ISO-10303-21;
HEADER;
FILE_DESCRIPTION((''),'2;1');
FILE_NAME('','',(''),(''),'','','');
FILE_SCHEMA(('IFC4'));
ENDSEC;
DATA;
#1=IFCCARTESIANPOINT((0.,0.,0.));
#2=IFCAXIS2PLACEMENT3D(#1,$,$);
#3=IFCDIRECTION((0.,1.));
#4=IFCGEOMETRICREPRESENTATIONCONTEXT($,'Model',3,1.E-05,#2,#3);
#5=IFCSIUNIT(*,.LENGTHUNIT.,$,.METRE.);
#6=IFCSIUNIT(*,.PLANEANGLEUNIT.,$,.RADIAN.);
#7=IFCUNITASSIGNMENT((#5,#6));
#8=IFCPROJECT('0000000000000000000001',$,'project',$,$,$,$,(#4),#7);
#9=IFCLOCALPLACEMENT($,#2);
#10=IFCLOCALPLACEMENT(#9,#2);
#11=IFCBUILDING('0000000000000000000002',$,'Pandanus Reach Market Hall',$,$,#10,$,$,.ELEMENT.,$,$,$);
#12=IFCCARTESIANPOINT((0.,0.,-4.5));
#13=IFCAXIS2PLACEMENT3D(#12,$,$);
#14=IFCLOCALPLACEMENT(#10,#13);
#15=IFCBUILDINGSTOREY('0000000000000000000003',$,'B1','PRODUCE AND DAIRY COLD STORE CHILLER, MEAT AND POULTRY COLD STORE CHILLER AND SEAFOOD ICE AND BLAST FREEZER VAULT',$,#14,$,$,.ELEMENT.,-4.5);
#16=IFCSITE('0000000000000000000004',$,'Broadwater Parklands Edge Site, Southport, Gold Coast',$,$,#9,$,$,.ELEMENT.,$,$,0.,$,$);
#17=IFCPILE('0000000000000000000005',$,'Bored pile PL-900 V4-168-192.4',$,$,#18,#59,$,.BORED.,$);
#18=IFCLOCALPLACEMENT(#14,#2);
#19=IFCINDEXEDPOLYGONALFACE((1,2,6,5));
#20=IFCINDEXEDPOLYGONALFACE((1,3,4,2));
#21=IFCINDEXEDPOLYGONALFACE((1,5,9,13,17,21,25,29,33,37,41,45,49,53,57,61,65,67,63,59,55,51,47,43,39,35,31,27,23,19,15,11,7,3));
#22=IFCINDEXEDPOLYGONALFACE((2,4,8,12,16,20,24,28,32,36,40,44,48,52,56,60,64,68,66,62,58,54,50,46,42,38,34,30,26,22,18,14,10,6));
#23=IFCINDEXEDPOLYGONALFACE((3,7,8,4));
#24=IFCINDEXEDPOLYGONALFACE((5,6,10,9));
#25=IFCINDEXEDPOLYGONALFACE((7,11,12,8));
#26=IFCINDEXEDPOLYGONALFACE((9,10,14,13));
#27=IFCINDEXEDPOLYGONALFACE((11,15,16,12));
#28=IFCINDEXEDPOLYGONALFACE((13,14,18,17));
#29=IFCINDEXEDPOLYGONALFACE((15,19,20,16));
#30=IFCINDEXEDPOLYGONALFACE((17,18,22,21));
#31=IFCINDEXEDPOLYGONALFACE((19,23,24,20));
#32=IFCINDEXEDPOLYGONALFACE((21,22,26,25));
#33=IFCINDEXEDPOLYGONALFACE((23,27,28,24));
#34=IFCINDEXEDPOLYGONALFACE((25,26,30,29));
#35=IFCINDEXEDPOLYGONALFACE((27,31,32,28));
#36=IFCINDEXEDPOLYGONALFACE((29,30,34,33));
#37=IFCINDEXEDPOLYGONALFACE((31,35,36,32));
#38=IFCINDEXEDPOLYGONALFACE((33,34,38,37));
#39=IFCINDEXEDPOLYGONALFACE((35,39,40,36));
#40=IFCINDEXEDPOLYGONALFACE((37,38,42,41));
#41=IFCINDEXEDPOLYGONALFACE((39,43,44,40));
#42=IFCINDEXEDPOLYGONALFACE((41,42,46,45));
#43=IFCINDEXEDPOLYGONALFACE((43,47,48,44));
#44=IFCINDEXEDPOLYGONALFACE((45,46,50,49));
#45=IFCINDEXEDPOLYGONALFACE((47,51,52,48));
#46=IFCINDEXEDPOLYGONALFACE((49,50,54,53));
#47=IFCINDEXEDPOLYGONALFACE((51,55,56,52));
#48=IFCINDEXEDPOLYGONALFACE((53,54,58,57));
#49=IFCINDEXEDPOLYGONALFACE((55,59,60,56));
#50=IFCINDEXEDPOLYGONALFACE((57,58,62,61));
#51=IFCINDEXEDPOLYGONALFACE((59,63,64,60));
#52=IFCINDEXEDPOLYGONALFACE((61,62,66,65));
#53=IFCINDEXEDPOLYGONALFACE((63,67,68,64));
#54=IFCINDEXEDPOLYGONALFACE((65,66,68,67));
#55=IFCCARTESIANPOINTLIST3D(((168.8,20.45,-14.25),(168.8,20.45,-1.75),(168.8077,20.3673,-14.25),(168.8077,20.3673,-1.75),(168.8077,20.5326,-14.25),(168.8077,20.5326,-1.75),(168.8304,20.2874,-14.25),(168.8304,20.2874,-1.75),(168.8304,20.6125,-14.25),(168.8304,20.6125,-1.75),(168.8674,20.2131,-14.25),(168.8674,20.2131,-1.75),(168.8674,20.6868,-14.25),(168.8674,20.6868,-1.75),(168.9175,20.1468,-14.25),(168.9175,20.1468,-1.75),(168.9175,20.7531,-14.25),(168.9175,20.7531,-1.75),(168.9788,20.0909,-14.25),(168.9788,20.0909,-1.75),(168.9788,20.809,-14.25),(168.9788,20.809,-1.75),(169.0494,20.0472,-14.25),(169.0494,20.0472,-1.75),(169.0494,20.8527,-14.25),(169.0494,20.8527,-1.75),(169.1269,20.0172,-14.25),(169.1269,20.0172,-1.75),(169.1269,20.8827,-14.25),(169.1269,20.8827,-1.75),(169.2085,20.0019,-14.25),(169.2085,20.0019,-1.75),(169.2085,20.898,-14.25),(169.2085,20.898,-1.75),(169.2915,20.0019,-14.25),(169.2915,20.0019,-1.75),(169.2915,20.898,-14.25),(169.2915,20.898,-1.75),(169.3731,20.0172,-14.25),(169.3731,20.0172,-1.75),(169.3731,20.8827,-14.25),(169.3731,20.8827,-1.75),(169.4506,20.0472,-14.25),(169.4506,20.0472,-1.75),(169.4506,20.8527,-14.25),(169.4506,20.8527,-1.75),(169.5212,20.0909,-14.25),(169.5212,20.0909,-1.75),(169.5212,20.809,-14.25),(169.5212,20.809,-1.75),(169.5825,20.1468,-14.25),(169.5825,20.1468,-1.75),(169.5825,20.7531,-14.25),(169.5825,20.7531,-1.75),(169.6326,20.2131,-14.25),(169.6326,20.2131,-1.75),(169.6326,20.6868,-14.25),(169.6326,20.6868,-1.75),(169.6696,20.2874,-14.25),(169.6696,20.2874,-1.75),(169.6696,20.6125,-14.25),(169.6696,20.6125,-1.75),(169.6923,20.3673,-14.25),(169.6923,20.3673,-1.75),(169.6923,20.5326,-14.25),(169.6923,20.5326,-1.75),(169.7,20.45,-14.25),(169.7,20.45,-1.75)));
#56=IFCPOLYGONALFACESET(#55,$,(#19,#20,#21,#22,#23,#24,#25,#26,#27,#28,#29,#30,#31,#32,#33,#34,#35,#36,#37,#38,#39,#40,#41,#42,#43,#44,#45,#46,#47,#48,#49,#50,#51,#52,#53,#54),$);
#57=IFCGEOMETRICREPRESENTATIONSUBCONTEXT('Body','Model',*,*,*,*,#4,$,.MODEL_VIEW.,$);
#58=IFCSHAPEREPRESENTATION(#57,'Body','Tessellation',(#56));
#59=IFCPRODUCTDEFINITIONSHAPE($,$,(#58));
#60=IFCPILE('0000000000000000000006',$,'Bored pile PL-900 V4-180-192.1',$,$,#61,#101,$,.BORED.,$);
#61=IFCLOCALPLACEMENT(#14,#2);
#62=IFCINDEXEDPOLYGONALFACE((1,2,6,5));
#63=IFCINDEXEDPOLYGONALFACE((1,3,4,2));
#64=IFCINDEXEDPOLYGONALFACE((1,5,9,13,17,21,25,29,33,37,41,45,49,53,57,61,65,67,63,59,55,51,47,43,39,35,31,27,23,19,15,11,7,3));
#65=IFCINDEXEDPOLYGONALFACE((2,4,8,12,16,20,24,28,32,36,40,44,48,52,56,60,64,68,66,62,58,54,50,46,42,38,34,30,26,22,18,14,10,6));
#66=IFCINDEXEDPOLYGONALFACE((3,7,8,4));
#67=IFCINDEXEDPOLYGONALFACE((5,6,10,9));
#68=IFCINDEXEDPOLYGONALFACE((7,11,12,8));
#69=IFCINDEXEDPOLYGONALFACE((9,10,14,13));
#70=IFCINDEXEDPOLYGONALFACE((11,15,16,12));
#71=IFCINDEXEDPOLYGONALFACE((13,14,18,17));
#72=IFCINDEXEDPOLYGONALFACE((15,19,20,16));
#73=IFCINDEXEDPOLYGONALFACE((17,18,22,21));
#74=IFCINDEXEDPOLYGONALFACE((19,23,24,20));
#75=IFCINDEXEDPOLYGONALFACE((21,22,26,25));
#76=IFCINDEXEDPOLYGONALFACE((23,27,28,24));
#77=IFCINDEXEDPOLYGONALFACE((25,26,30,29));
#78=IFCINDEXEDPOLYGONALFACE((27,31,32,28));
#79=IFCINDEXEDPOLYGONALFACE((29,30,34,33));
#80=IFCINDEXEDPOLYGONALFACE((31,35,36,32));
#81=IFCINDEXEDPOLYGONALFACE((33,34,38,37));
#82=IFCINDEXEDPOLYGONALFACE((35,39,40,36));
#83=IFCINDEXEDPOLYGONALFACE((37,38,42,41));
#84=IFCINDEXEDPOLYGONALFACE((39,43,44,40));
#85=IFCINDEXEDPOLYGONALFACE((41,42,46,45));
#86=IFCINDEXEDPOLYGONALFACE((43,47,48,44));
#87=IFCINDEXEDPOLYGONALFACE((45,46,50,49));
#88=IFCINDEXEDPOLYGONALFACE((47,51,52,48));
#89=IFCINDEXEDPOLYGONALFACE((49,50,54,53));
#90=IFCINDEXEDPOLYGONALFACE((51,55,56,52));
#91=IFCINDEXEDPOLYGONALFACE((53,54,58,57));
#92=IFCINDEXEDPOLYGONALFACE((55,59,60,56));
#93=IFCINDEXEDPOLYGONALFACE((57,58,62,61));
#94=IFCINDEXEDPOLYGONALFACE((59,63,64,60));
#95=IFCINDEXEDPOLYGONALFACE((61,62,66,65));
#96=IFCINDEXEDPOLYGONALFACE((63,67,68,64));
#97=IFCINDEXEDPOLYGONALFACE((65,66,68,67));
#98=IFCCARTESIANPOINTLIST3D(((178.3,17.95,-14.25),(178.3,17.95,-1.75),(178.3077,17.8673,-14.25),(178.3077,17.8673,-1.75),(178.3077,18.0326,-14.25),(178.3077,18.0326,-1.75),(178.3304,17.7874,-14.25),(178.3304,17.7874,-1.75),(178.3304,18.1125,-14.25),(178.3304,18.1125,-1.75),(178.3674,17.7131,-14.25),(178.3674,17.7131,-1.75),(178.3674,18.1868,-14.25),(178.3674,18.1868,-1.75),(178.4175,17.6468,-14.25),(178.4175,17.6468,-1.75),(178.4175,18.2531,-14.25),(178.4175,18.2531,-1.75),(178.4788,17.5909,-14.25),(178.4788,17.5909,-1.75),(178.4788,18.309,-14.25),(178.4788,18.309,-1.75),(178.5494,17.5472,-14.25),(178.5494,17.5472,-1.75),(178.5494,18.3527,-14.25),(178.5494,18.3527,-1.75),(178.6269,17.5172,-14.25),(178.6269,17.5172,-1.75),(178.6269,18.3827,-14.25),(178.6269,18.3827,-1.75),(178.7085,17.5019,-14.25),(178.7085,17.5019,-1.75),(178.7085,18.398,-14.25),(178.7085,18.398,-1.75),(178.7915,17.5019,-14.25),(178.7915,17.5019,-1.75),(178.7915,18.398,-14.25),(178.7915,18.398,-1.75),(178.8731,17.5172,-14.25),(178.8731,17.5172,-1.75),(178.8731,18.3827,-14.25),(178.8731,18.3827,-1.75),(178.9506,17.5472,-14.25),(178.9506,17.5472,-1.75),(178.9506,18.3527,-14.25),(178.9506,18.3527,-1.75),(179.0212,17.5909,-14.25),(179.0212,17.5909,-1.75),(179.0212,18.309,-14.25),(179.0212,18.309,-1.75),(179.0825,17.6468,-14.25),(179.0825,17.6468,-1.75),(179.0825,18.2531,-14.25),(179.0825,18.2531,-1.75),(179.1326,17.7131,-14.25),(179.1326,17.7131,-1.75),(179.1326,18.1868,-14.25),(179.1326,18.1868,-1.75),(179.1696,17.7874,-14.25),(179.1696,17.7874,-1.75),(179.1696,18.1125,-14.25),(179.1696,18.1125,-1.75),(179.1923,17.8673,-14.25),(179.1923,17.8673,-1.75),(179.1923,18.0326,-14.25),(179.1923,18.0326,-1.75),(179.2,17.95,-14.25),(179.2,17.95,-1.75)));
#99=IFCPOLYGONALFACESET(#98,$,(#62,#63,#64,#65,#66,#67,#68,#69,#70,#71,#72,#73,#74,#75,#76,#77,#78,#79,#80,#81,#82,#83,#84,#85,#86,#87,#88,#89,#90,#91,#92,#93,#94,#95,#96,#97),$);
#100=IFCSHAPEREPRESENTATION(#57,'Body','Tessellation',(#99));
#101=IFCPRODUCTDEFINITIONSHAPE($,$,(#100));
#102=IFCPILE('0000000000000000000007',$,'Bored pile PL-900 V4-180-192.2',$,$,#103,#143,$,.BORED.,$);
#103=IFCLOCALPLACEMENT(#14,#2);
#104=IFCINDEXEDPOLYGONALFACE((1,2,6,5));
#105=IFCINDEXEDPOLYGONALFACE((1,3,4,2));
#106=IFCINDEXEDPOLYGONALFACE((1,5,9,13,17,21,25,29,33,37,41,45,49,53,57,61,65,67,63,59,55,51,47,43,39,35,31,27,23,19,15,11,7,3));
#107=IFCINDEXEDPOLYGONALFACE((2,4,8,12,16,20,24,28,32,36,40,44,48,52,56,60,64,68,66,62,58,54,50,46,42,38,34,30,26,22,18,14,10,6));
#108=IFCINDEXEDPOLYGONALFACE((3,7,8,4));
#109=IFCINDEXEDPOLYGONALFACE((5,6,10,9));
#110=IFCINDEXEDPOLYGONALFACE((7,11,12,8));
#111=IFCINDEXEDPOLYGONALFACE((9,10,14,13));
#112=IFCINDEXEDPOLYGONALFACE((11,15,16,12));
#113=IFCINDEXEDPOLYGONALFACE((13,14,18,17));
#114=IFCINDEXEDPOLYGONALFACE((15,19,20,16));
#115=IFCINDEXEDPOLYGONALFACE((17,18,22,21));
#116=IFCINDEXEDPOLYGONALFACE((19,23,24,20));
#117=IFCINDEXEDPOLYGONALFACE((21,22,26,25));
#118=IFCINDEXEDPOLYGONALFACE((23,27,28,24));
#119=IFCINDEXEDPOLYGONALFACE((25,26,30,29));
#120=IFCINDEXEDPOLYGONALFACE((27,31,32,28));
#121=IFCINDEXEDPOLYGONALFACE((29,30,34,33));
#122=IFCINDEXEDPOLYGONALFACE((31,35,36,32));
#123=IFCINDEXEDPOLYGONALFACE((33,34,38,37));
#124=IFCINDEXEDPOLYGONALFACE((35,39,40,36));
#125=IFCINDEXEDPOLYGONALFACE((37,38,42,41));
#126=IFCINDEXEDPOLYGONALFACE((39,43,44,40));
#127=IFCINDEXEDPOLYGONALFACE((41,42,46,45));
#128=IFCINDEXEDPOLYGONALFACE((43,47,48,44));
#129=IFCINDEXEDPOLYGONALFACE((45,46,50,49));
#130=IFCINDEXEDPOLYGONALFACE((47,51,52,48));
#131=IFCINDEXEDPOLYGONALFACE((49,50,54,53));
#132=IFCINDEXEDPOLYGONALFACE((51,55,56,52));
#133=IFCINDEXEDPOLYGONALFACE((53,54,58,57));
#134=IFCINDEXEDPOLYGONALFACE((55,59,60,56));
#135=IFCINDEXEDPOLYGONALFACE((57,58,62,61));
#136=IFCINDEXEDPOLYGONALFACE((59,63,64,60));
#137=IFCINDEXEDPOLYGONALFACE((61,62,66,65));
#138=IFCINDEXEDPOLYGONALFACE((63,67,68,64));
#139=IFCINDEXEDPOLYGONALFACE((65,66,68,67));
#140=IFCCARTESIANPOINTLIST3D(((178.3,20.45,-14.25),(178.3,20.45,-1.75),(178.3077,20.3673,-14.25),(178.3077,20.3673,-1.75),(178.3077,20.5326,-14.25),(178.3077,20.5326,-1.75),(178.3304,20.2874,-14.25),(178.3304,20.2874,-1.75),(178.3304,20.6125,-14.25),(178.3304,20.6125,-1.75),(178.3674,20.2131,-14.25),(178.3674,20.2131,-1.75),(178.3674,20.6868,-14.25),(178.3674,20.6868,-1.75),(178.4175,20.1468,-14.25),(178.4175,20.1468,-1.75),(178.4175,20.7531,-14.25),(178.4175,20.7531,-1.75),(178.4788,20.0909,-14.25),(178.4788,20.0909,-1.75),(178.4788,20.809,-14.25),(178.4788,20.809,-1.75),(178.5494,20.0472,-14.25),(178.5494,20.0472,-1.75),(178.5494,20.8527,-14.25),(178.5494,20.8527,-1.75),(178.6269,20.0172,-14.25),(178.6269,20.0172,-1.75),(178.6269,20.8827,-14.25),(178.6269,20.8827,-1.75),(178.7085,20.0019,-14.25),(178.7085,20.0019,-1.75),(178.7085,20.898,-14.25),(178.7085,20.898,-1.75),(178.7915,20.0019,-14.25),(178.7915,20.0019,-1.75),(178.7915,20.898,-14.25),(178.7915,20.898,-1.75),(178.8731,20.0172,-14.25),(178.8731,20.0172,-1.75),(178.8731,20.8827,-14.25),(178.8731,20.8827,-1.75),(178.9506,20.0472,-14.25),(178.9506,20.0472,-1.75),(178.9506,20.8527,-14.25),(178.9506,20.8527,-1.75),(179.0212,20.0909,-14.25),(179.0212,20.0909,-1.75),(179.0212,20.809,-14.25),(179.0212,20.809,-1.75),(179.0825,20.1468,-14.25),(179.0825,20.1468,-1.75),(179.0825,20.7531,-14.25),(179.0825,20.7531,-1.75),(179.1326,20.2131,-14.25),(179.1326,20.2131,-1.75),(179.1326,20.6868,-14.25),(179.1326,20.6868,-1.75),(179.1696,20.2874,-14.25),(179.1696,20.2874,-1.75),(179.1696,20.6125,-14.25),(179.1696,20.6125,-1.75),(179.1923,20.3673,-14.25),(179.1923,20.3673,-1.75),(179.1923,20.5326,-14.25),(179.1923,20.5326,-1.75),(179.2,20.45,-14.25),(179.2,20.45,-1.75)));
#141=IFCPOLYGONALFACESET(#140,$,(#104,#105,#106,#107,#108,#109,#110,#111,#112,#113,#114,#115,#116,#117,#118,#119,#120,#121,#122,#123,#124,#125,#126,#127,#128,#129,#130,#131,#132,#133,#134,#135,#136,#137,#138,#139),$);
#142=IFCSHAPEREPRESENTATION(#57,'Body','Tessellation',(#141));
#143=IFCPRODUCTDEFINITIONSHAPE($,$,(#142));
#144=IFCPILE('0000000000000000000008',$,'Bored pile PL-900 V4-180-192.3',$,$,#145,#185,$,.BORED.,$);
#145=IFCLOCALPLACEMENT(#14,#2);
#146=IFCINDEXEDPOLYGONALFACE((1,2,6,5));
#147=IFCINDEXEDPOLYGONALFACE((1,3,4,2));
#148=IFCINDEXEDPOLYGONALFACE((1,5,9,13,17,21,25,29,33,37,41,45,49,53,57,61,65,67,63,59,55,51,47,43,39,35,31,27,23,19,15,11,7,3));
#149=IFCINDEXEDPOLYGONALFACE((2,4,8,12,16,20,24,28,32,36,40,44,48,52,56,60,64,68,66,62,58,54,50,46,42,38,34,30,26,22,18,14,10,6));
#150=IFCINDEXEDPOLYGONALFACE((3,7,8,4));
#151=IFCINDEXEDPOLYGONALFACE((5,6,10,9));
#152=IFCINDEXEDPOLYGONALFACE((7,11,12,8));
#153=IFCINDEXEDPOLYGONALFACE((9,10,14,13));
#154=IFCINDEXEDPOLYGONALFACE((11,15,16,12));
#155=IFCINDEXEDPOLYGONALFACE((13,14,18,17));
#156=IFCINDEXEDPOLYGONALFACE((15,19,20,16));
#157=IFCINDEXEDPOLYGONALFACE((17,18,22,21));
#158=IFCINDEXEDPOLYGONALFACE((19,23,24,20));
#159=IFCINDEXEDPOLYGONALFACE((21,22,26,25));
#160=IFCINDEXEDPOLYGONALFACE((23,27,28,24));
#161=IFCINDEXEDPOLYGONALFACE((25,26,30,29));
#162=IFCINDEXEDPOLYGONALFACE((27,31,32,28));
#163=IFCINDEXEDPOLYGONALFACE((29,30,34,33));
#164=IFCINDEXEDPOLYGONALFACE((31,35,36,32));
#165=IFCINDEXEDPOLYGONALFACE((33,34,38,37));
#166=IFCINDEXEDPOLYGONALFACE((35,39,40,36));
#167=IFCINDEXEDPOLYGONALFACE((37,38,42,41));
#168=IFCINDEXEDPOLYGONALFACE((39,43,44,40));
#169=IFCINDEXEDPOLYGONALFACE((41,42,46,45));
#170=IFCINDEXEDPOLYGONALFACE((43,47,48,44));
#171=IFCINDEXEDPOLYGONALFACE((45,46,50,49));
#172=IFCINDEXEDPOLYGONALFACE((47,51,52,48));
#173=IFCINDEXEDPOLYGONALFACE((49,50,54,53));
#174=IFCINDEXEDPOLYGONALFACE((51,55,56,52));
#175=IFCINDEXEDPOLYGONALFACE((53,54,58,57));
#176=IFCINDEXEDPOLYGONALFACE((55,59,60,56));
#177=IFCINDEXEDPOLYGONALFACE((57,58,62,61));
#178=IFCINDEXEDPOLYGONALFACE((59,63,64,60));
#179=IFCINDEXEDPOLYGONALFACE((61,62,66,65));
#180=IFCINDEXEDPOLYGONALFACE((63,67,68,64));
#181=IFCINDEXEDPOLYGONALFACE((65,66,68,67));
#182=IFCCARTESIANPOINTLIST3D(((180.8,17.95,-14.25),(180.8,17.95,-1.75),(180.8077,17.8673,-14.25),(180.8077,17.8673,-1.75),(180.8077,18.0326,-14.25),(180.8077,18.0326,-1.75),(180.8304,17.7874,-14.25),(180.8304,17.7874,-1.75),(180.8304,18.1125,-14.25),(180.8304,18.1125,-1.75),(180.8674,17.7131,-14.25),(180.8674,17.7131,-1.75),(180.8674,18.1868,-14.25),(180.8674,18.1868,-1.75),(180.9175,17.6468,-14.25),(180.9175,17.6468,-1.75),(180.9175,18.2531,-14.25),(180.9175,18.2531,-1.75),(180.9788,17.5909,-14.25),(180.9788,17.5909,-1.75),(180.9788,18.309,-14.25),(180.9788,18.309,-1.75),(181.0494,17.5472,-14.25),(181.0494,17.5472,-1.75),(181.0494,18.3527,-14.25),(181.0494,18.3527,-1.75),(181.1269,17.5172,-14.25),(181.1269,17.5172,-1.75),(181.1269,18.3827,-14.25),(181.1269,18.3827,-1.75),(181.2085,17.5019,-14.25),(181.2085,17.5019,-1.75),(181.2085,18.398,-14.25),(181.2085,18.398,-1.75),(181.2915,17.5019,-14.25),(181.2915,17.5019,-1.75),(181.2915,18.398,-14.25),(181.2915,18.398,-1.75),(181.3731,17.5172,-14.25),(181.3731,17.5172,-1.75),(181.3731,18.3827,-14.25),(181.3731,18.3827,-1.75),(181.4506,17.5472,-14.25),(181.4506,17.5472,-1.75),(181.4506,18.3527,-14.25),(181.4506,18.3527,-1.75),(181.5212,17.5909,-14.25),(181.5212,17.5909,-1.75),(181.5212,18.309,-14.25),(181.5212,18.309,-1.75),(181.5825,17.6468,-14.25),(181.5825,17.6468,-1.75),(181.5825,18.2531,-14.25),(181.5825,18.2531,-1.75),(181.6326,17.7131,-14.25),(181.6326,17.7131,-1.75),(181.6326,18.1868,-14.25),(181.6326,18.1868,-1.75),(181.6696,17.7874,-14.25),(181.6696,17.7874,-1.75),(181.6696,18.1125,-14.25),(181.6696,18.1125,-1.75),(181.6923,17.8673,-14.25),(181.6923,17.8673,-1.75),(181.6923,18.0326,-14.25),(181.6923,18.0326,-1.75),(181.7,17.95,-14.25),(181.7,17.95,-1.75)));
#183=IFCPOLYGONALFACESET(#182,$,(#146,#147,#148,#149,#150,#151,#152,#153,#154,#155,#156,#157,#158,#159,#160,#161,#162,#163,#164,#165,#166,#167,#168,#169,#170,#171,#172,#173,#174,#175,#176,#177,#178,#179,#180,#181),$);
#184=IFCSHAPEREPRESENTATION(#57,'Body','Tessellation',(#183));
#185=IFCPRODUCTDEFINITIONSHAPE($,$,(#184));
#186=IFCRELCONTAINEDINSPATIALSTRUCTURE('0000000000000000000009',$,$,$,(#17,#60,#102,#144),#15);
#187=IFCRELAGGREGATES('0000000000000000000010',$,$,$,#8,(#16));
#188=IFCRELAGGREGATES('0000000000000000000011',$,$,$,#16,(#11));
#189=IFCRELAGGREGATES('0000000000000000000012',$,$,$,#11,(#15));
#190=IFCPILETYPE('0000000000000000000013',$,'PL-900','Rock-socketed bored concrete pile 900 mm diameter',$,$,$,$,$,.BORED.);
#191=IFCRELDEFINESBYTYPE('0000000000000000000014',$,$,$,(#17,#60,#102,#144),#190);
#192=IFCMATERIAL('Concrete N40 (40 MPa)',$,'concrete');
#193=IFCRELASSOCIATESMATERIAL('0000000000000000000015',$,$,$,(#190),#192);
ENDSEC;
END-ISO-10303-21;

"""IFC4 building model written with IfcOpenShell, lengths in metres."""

from ifc_helpers import new_model, si_unit, direction, frame, origin, origin_2d, place, context, subcontext, project, spatial, circle, extrude, material, material_profile, profile_set, type_object, element, save


model = new_model("IFC4")

# Units and contexts
model_context = context("Model", 3, precision=1e-05, world=origin(), true_north=direction((0.0, 1.0)))
body_context = subcontext(model_context, "Body", "Model", "MODEL_VIEW")
ifc_project = project(units=[si_unit("LENGTHUNIT", "METRE"), si_unit("PLANEANGLEUNIT", "RADIAN")], contexts=[model_context])

# Site, building, storey
site_placement = place(None, origin())
site = spatial("IfcSite", under=ifc_project, at=site_placement, Name="Broadwater Parklands Edge Site, Southport, Gold Coast", CompositionType="ELEMENT", RefElevation=0.0)
building_placement = place(site_placement, origin())
building = spatial("IfcBuilding", under=site, at=building_placement, Name="Pandanus Reach Market Hall", CompositionType="ELEMENT")
storey_placement = place(building_placement, frame((0.0, 0.0, -4.5)))
storey = spatial("IfcBuildingStorey", under=building, at=storey_placement, Name="B1", Description="PRODUCE AND DAIRY COLD STORE CHILLER, MEAT AND POULTRY COLD STORE CHILLER AND SEAFOOD ICE AND BLAST FREEZER VAULT", CompositionType="ELEMENT", Elevation=-4.5)

# Shared definitions
ifc_material_1 = material(Name="Concrete N40 (40 MPa)", Category="concrete")

# Piles
ifc_material_profile_1 = material_profile(ifc_material_1, circle(Radius=0.45, at=origin_2d()), Name="PILE-900D", Category="LoadBearing")
ifc_profile_set_1 = profile_set([ifc_material_profile_1], Name="Concrete N40 (40 MPa)")
pile_type_1 = type_object("IfcPileType", Name="PL-900", Description="Rock-socketed bored concrete pile 900 mm diameter", PredefinedType="BORED", material=ifc_profile_set_1)
for number, where, z_axis, x_axis, name in (
    (1, (169.25, 20.45, -1.75), (0.0, 0.0, -1.0), (1.0, 0.0, 0.0), "Bored pile PL-900 V4-168-192.4"),
    (2, (178.75, 17.95, -1.75), (0.0, 0.0, -1.0), (1.0, 0.0, 0.0), "Bored pile PL-900 V4-180-192.1"),
    (3, (178.75, 20.45, -1.75), (0.0, 0.0, -1.0), (1.0, 0.0, 0.0), "Bored pile PL-900 V4-180-192.2"),
    (4, (181.25, 17.95, -1.75), (0.0, 0.0, -1.0), (1.0, 0.0, 0.0), "Bored pile PL-900 V4-180-192.3"),
):
    element("IfcPile", number, at=place(storey_placement, frame(where, z_axis=z_axis, x_axis=x_axis)), inside=storey, type_object=pile_type_1, Name=name, PredefinedType="BORED", context=body_context, shape_type="SweptSolid", body=[
        extrude(circle(Radius=0.45, at=origin_2d()), origin(), (0.0, 0.0, 1.0), 12.5),
    ])

save(model, "model.ifc")
